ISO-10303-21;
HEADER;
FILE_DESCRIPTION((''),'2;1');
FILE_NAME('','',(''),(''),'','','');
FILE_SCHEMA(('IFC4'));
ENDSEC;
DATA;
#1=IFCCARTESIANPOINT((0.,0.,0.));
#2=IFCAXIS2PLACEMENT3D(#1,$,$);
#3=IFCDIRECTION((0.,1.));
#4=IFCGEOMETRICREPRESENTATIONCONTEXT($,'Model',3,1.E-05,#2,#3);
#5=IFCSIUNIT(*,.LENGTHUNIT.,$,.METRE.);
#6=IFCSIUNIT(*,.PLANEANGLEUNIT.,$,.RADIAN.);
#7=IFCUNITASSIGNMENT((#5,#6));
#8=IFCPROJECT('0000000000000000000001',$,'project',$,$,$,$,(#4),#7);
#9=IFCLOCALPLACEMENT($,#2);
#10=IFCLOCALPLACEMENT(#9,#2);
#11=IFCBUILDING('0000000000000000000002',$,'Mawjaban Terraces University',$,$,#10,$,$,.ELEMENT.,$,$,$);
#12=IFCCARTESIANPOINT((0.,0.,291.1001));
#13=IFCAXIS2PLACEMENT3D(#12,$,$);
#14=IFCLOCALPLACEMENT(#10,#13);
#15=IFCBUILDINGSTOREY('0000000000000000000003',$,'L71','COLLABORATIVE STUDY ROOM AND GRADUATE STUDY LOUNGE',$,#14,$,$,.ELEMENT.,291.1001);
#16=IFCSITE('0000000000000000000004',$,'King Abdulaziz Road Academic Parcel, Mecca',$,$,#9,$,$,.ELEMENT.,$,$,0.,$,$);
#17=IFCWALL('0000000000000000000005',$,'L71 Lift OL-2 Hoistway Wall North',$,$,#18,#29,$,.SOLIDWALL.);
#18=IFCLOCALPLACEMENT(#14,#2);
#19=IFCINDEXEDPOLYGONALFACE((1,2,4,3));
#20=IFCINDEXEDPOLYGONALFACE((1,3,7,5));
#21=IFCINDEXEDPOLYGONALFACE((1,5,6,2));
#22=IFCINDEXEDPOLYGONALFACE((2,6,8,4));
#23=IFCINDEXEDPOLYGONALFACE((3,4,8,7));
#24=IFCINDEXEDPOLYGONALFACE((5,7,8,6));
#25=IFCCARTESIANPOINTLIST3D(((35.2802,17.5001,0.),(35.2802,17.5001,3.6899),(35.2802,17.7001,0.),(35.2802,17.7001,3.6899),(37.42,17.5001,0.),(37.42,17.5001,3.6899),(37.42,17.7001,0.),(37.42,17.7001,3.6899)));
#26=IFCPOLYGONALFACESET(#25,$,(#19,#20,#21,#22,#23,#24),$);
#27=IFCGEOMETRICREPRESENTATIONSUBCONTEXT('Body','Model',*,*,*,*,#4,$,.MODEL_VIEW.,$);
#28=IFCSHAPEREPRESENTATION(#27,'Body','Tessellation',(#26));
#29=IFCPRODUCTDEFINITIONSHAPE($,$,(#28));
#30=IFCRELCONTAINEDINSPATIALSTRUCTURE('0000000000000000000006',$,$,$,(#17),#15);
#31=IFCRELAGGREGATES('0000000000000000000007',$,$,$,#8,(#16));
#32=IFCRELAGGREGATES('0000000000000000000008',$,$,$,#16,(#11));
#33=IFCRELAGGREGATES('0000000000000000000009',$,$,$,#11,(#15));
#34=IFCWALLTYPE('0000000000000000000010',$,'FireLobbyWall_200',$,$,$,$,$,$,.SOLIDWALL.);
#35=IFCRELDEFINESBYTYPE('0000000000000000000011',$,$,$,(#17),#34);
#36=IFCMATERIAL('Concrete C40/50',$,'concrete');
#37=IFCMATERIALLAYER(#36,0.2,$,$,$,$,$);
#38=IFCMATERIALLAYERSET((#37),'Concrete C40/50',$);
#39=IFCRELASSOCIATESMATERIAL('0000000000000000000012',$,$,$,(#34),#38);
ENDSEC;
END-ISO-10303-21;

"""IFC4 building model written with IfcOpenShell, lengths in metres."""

from ifc_helpers import new_model, si_unit, direction, frame, frame_2d, origin, place, context, subcontext, project, spatial, rectangle, extrude, material, layer, layer_set, type_object, element, save


model = new_model("IFC4")

# Units and contexts
model_context = context("Model", 3, precision=1e-05, world=origin(), true_north=direction((0.0, 1.0)))
body_context = subcontext(model_context, "Body", "Model", "MODEL_VIEW")
ifc_project = project(units=[si_unit("LENGTHUNIT", "METRE"), si_unit("PLANEANGLEUNIT", "RADIAN")], contexts=[model_context])

# Site, building, storey
site_placement = place(None, origin())
site = spatial("IfcSite", under=ifc_project, at=site_placement, Name="King Abdulaziz Road Academic Parcel, Mecca", CompositionType="ELEMENT", RefElevation=0.0)
building_placement = place(site_placement, origin())
building = spatial("IfcBuilding", under=site, at=building_placement, Name="Mawjaban Terraces University", CompositionType="ELEMENT")
storey_placement = place(building_placement, frame((0.0, 0.0, 291.1001)))
storey = spatial("IfcBuildingStorey", under=building, at=storey_placement, Name="L71", Description="COLLABORATIVE STUDY ROOM AND GRADUATE STUDY LOUNGE", CompositionType="ELEMENT", Elevation=291.1001)

# Wall
ifc_material_1 = material(Name="Concrete C40/50", Category="concrete")
ifc_layer_1 = layer(ifc_material_1, 0.2)
ifc_layer_set_1 = layer_set([ifc_layer_1], Name="Concrete C40/50")
wall_type_1 = type_object("IfcWallType", Name="FireLobbyWall_200", PredefinedType="SOLIDWALL", material=ifc_layer_set_1)
wall_1_placement = place(storey_placement, frame((37.4199, 17.6001, 0.0), z_axis=(0.0, 0.0, 1.0), x_axis=(-1.0, 0.0, 0.0)))
element("IfcWall", 1, at=wall_1_placement, inside=storey, type_object=wall_type_1, Name="L71 Lift OL-2 Hoistway Wall North", PredefinedType="SOLIDWALL", context=body_context, shape_type="SweptSolid", body=[
    extrude(rectangle(XDim=2.1399, YDim=0.2, at=frame_2d((1.0698, 0.0))), origin(), (0.0, 0.0, 1.0), 3.6899),
])

save(model, "model.ifc")
